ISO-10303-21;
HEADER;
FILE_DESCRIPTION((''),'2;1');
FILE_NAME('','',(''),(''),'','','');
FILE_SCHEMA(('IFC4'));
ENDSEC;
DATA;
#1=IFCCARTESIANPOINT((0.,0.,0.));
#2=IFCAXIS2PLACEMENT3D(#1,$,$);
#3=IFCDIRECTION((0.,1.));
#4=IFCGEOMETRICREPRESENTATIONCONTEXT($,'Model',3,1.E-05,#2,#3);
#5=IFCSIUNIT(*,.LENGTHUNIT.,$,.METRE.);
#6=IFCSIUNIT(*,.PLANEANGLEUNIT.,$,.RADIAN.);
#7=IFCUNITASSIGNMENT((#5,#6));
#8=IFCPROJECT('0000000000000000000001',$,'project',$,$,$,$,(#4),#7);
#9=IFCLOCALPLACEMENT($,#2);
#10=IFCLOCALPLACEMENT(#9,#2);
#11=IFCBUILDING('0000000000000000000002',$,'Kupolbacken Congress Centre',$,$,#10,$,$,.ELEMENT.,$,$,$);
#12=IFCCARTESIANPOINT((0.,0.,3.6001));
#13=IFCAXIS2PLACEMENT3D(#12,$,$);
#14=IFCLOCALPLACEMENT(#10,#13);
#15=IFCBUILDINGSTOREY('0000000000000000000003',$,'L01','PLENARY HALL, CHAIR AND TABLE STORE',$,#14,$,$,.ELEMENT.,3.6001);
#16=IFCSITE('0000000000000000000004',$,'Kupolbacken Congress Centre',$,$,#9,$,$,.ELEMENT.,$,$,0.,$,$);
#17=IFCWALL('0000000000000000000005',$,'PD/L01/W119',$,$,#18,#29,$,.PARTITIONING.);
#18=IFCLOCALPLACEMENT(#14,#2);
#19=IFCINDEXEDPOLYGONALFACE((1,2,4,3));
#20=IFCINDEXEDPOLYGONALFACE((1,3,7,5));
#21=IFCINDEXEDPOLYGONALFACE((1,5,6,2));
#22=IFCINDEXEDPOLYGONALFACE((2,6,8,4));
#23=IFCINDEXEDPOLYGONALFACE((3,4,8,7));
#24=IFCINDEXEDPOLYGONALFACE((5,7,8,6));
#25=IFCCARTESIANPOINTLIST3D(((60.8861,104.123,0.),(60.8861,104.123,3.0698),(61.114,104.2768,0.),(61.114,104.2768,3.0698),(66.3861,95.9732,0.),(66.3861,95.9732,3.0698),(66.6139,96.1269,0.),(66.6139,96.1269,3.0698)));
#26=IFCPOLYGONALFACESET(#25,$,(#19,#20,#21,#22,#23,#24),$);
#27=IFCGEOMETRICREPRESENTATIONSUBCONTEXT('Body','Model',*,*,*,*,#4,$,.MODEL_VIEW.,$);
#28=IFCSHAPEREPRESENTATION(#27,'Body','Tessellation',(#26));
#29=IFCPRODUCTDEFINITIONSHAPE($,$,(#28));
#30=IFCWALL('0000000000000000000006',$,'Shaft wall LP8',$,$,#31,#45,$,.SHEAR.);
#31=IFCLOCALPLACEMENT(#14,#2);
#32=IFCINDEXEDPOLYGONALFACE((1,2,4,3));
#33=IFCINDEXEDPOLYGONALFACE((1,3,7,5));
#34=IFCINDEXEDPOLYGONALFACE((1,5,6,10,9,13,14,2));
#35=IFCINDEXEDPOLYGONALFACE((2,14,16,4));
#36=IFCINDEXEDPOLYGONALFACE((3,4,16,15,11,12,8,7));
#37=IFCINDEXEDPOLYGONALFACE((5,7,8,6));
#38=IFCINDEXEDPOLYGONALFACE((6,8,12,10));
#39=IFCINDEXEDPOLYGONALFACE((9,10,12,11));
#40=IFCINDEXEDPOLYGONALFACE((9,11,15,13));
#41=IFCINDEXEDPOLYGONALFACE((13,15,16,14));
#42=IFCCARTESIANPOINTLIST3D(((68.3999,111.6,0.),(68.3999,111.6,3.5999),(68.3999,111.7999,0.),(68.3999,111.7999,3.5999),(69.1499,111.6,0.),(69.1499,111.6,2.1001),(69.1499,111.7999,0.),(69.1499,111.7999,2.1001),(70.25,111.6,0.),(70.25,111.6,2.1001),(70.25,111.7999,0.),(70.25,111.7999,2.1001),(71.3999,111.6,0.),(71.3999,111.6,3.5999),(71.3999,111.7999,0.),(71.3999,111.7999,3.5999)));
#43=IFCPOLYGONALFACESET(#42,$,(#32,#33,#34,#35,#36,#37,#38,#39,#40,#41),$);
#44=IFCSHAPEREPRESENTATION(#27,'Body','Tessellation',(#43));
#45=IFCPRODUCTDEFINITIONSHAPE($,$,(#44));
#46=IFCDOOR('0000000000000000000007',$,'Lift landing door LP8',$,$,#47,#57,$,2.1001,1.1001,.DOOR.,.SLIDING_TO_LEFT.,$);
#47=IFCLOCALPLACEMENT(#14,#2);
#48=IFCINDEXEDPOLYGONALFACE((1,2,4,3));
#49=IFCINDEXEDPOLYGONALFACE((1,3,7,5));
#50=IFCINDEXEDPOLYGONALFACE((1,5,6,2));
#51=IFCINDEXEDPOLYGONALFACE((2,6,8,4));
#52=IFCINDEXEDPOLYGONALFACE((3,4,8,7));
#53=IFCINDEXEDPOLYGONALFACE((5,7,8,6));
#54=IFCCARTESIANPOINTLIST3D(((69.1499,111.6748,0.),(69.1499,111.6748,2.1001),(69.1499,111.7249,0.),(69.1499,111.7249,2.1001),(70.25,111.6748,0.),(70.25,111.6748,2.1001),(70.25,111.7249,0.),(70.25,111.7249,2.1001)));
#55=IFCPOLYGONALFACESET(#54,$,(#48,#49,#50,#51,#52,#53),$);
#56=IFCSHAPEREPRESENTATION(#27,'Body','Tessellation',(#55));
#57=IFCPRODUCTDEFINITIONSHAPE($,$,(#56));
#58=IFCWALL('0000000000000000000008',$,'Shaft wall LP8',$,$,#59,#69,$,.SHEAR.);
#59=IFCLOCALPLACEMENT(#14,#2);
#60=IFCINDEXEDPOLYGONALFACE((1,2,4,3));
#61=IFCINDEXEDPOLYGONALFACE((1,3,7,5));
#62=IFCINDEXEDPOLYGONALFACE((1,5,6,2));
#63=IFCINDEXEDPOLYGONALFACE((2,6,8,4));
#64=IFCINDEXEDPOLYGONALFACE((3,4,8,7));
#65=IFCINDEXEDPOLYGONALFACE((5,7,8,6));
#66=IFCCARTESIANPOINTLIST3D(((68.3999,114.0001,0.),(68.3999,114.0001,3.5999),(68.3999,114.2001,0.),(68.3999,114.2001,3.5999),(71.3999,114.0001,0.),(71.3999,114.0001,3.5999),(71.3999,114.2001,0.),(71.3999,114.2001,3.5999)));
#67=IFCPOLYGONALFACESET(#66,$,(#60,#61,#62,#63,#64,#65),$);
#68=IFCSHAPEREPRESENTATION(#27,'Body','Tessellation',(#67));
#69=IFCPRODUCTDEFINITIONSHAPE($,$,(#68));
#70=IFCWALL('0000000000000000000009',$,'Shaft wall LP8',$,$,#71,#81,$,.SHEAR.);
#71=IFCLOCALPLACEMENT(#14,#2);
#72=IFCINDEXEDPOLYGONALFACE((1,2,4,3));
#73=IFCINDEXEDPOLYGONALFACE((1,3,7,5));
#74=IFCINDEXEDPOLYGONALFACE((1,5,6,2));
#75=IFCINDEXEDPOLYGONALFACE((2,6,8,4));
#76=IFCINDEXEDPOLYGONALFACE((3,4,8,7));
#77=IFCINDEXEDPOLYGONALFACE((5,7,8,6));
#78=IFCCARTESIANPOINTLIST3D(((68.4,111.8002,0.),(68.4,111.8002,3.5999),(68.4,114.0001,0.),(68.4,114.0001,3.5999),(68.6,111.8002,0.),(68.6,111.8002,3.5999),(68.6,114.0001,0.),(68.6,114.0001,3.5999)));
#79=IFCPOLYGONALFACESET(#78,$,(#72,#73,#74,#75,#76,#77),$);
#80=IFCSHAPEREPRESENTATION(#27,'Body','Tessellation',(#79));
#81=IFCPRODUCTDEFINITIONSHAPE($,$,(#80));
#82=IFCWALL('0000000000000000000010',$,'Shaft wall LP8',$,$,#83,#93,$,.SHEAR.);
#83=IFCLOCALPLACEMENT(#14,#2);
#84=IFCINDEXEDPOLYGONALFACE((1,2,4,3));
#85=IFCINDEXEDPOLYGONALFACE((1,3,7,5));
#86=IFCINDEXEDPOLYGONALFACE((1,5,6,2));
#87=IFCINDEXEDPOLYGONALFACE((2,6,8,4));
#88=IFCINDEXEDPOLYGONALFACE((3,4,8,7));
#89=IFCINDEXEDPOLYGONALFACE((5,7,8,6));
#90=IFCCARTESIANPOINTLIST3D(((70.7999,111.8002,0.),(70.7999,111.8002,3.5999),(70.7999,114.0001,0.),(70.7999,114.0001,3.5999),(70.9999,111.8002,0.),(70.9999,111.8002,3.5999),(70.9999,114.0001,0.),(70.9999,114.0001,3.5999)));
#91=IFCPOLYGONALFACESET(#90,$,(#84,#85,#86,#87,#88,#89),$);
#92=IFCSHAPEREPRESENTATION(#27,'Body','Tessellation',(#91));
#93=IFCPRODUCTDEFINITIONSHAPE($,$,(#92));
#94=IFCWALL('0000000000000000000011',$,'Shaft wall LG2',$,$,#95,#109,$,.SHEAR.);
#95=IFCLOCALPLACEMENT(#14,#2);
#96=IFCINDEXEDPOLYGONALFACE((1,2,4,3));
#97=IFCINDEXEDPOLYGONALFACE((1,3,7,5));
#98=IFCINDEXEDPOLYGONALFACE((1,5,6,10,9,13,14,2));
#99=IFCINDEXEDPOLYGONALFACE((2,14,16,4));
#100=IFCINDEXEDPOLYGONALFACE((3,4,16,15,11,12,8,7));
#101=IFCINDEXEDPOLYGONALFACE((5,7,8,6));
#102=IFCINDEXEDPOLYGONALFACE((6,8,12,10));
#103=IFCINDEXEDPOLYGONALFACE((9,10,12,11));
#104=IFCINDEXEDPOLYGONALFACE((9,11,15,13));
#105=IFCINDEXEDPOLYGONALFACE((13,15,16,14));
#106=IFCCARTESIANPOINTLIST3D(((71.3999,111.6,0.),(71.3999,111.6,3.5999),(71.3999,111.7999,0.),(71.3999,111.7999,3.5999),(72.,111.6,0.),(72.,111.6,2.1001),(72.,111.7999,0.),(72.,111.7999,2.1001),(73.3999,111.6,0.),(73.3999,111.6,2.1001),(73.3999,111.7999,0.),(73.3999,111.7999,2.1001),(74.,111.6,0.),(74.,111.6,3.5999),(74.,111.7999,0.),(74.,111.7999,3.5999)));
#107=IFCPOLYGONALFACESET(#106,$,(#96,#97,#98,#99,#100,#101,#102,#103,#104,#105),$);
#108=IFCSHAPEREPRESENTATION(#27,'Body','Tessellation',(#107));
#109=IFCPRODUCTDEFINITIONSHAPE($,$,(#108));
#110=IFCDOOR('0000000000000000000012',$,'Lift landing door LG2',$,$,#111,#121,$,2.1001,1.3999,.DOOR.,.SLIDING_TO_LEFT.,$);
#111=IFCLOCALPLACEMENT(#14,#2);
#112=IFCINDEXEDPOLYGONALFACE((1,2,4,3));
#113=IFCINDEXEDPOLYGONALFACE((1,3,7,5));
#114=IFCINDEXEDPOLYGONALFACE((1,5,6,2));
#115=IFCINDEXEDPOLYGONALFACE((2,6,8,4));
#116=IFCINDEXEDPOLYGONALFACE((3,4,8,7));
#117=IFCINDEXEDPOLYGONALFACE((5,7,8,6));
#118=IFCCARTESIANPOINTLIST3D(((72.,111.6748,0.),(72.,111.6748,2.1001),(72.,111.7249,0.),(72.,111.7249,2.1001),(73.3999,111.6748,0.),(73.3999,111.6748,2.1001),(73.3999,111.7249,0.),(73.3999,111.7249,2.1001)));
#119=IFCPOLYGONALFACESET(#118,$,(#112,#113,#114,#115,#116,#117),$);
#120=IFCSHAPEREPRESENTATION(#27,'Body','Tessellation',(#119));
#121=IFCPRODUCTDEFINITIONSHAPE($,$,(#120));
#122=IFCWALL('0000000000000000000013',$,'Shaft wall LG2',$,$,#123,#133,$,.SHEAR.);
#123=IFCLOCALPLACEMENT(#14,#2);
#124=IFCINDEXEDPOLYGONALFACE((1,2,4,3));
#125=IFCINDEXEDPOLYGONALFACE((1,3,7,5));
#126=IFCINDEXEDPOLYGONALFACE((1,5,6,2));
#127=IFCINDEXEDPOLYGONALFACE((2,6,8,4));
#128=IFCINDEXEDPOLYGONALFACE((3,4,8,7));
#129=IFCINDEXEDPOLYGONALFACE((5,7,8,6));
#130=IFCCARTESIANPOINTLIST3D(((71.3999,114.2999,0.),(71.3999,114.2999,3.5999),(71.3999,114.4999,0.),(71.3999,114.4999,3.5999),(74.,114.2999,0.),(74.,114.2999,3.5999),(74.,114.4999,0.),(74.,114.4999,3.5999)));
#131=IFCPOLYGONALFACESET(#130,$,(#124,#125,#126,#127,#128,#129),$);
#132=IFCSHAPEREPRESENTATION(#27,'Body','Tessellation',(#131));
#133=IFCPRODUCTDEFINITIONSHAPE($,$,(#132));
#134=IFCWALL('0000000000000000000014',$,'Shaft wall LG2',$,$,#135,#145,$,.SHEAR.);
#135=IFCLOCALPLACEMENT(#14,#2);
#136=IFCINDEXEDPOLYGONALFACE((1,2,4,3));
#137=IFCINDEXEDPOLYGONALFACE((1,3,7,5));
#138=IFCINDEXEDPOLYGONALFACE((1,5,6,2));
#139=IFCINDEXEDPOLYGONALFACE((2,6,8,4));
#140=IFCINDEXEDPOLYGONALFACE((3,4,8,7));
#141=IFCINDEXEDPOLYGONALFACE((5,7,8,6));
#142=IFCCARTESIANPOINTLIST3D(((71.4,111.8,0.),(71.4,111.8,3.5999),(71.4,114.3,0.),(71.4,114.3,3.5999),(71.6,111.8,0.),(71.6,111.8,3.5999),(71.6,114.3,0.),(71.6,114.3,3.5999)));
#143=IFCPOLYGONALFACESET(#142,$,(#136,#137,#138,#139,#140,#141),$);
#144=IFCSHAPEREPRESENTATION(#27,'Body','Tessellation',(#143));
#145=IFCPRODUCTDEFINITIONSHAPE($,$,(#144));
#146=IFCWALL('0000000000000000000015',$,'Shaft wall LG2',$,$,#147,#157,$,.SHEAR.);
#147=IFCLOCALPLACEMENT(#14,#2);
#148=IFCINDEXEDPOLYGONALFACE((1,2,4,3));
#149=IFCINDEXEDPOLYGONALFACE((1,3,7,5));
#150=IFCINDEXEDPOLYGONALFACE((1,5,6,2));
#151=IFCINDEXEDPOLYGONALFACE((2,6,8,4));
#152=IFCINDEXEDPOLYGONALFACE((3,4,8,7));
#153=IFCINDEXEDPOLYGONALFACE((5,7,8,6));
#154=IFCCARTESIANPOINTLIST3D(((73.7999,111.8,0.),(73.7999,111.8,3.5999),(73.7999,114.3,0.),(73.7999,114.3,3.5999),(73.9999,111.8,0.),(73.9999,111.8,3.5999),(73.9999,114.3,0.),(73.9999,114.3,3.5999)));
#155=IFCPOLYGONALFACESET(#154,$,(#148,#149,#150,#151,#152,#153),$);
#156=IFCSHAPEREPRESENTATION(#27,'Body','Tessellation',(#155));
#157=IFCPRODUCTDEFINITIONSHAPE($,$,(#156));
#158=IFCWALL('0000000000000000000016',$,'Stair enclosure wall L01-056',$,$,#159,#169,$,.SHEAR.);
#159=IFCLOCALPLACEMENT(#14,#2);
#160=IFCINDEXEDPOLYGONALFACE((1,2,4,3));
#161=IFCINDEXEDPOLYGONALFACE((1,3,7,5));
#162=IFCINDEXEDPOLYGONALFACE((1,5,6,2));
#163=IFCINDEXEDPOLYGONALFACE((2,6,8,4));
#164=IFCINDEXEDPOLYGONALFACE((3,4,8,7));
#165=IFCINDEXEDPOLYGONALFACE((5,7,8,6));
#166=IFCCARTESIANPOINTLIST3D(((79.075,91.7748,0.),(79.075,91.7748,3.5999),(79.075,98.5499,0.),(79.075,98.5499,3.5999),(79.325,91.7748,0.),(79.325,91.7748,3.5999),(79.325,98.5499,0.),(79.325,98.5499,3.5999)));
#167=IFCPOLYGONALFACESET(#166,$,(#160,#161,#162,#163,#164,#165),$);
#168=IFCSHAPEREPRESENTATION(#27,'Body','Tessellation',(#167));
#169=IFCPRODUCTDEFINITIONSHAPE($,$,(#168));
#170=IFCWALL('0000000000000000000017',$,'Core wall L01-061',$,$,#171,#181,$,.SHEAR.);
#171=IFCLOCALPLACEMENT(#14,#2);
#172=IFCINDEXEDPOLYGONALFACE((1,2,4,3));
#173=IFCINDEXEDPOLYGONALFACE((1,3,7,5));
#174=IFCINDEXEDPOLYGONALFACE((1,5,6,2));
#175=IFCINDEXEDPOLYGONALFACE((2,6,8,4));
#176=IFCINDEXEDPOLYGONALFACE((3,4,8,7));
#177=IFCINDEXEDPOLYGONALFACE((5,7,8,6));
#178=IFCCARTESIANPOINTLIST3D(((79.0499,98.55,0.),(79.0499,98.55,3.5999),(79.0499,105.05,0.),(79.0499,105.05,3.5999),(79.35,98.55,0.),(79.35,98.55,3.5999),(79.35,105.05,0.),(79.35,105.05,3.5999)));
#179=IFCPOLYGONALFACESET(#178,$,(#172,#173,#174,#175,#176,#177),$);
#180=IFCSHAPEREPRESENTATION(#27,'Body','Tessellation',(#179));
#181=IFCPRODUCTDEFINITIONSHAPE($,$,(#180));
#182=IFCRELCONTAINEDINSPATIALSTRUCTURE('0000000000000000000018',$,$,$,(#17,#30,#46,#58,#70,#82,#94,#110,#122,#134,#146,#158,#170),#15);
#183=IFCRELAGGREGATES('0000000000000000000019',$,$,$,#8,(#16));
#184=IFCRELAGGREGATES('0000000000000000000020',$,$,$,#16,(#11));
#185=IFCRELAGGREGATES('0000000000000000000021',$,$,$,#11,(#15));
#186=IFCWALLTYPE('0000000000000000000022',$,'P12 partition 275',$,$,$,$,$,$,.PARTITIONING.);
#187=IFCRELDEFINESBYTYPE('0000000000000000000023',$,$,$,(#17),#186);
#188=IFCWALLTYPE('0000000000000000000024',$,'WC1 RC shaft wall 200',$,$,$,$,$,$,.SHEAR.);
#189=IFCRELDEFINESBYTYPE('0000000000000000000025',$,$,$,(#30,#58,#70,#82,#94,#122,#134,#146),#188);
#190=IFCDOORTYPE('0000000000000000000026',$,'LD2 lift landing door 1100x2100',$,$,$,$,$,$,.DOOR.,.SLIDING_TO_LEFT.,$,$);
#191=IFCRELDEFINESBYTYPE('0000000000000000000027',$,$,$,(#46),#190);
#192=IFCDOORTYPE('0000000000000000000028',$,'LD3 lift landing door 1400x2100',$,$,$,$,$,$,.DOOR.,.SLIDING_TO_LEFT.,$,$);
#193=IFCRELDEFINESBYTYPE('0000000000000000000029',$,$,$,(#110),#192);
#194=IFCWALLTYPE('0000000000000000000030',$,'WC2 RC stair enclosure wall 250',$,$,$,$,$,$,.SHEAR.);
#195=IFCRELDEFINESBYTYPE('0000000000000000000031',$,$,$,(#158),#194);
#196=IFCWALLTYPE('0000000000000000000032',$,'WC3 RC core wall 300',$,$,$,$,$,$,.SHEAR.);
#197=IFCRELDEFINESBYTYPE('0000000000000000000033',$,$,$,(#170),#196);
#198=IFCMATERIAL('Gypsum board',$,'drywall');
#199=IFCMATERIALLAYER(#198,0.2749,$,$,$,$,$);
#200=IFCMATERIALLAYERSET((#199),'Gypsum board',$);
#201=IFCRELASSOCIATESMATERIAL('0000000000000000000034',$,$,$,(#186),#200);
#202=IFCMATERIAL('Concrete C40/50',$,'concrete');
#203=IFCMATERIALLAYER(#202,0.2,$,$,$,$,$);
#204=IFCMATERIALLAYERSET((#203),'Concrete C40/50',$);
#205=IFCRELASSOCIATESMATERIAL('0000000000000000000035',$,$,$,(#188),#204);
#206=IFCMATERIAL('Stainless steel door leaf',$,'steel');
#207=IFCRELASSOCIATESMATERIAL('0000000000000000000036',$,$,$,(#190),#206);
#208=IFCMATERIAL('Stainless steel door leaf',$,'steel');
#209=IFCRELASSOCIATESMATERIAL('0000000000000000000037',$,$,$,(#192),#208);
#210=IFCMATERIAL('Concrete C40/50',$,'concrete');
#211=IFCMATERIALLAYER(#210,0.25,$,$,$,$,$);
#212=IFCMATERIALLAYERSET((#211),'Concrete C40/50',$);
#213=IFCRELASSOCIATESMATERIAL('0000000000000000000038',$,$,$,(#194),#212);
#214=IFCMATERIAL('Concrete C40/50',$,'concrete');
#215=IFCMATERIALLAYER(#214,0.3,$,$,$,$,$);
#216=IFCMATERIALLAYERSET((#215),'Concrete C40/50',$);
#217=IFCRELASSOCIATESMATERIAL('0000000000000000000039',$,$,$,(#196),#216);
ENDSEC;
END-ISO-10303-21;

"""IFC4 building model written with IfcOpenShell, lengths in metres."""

from ifc_helpers import new_model, si_unit, direction, frame, frame_2d, origin, place, context, subcontext, project, spatial, rectangle, extrude, material, layer, layer_set, type_object, element, fill, save


model = new_model("IFC4")

# Units and contexts
model_context = context("Model", 3, precision=1e-05, world=origin(), true_north=direction((0.0, 1.0)))
body_context = subcontext(model_context, "Body", "Model", "MODEL_VIEW")
ifc_project = project(units=[si_unit("LENGTHUNIT", "METRE"), si_unit("PLANEANGLEUNIT", "RADIAN")], contexts=[model_context])

# Site, building, storey
site_placement = place(None, origin())
site = spatial("IfcSite", under=ifc_project, at=site_placement, Name="Kupolbacken Congress Centre", CompositionType="ELEMENT", RefElevation=0.0)
building_placement = place(site_placement, origin())
building = spatial("IfcBuilding", under=site, at=building_placement, Name="Kupolbacken Congress Centre", CompositionType="ELEMENT")
storey_placement = place(building_placement, frame((0.0, 0.0, 3.6001)))
storey = spatial("IfcBuildingStorey", under=building, at=storey_placement, Name="L01", Description="PLENARY HALL, CHAIR AND TABLE STORE", CompositionType="ELEMENT", Elevation=3.6001)

# Wall
ifc_material_1 = material(Name="Gypsum board", Category="drywall")
ifc_layer_1 = layer(ifc_material_1, 0.2749)
ifc_layer_set_1 = layer_set([ifc_layer_1], Name="Gypsum board")
wall_type_1 = type_object("IfcWallType", Name="P12 partition 275", PredefinedType="PARTITIONING", material=ifc_layer_set_1)
wall_1_placement = place(storey_placement, frame((66.5, 96.05, 0.0), z_axis=(0.0, 0.0, 1.0), x_axis=(-0.55939, 0.828905, 0.0)))
element("IfcWall", 1, at=wall_1_placement, inside=storey, type_object=wall_type_1, Name="PD/L01/W119", PredefinedType="PARTITIONING", context=body_context, shape_type="SweptSolid", body=[
    extrude(rectangle(XDim=9.832, YDim=0.2749, at=frame_2d((4.916, 0.0))), origin(), (0.0, 0.0, 1.0), 3.0698),
])

# Wall, opening, door
ifc_material_2 = material(Name="Concrete C40/50", Category="concrete")
ifc_layer_2 = layer(ifc_material_2, 0.2)
ifc_layer_set_2 = layer_set([ifc_layer_2], Name="Concrete C40/50")
wall_type_2 = type_object("IfcWallType", Name="WC1 RC shaft wall 200", PredefinedType="SHEAR", material=ifc_layer_set_2)
wall_2_placement = place(storey_placement, frame((68.3999, 111.7, 0.0), z_axis=(0.0, 0.0, 1.0), x_axis=(1.0, 0.0, 0.0)))
wall_2 = element("IfcWall", 2, at=wall_2_placement, inside=storey, type_object=wall_type_2, Name="Shaft wall LP8", PredefinedType="SHEAR", context=body_context, shape_type="SweptSolid", body=[
    extrude(rectangle(XDim=3.0, YDim=0.2, at=frame_2d((1.5, 0.0))), origin(), (0.0, 0.0, 1.0), 3.5999),
])
opening_1_placement = place(wall_2_placement, frame((0.75, 0.0, 0.0)))
opening_1 = element("IfcOpeningElement", 3, at=opening_1_placement, cuts=wall_2, PredefinedType="OPENING", context=body_context, shape_type="SweptSolid", body=[
    extrude(rectangle(XDim=1.1001, YDim=2.1001, at=frame_2d((0.55, 1.05))), frame((0.0, 0.1099, 0.0), z_axis=(0.0, -1.0, 0.0), x_axis=(1.0, 0.0, 0.0)), (0.0, 0.0, 1.0), 0.22),
])
ifc_material_3 = material(Name="Stainless steel door leaf", Category="steel")
door_type_1 = type_object("IfcDoorType", Name="LD2 lift landing door 1100x2100", OperationType="SLIDING_TO_LEFT", PredefinedType="DOOR", material=ifc_material_3)
door_1_placement = place(opening_1_placement, origin())
door_1 = element("IfcDoor", 4, at=door_1_placement, inside=storey, type_object=door_type_1, Name="Lift landing door LP8", OperationType="SLIDING_TO_LEFT", OverallHeight=2.1001, OverallWidth=1.1001, PredefinedType="DOOR", context=body_context, shape_type="SweptSolid", body=[
    extrude(rectangle(XDim=1.1001, YDim=2.1001, at=frame_2d((0.55, 1.05))), frame((0.0, 0.0249, 0.0), z_axis=(0.0, -1.0, 0.0), x_axis=(1.0, 0.0, 0.0)), (0.0, 0.0, 1.0), 0.05),
])
fill(opening_1, door_1)

# Walls
wall_3_placement = place(storey_placement, frame((68.3999, 114.1001, 0.0), z_axis=(0.0, 0.0, 1.0), x_axis=(1.0, 0.0, 0.0)))
element("IfcWall", 5, at=wall_3_placement, inside=storey, type_object=wall_type_2, Name="Shaft wall LP8", PredefinedType="SHEAR", context=body_context, shape_type="SweptSolid", body=[
    extrude(rectangle(XDim=3.0, YDim=0.2, at=frame_2d((1.5, 0.0))), origin(), (0.0, 0.0, 1.0), 3.5999),
])
for number, where, z_axis, x_axis, name in (
    (6, (68.5, 111.8, 0.0), (0.0, 0.0, 1.0), (0.0, 1.0, 0.0), "Shaft wall LP8"),
    (7, (70.8999, 111.8, 0.0), (0.0, 0.0, 1.0), (0.0, 1.0, 0.0), "Shaft wall LP8"),
):
    element("IfcWall", number, at=place(storey_placement, frame(where, z_axis=z_axis, x_axis=x_axis)), inside=storey, type_object=wall_type_2, Name=name, PredefinedType="SHEAR", context=body_context, shape_type="SweptSolid", body=[
        extrude(rectangle(XDim=2.2, YDim=0.2, at=frame_2d((1.1001, 0.0))), origin(), (0.0, 0.0, 1.0), 3.5999),
    ])

# Wall, opening, door
wall_4_placement = place(storey_placement, frame((71.3999, 111.7, 0.0), z_axis=(0.0, 0.0, 1.0), x_axis=(1.0, 0.0, 0.0)))
wall_4 = element("IfcWall", 8, at=wall_4_placement, inside=storey, type_object=wall_type_2, Name="Shaft wall LG2", PredefinedType="SHEAR", context=body_context, shape_type="SweptSolid", body=[
    extrude(rectangle(XDim=2.6001, YDim=0.2, at=frame_2d((1.3, 0.0))), origin(), (0.0, 0.0, 1.0), 3.5999),
])
opening_2_placement = place(wall_4_placement, frame((0.6001, 0.0, 0.0)))
opening_2 = element("IfcOpeningElement", 9, at=opening_2_placement, cuts=wall_4, PredefinedType="OPENING", context=body_context, shape_type="SweptSolid", body=[
    extrude(rectangle(XDim=1.3999, YDim=2.1001, at=frame_2d((0.7, 1.05))), frame((0.0, 0.1099, 0.0), z_axis=(0.0, -1.0, 0.0), x_axis=(1.0, 0.0, 0.0)), (0.0, 0.0, 1.0), 0.22),
])
ifc_material_4 = material(Name="Stainless steel door leaf", Category="steel")
door_type_2 = type_object("IfcDoorType", Name="LD3 lift landing door 1400x2100", OperationType="SLIDING_TO_LEFT", PredefinedType="DOOR", material=ifc_material_4)
door_2_placement = place(opening_2_placement, origin())
door_2 = element("IfcDoor", 10, at=door_2_placement, inside=storey, type_object=door_type_2, Name="Lift landing door LG2", OperationType="SLIDING_TO_LEFT", OverallHeight=2.1001, OverallWidth=1.3999, PredefinedType="DOOR", context=body_context, shape_type="SweptSolid", body=[
    extrude(rectangle(XDim=1.3999, YDim=2.1001, at=frame_2d((0.7, 1.05))), frame((0.0, 0.0249, 0.0), z_axis=(0.0, -1.0, 0.0), x_axis=(1.0, 0.0, 0.0)), (0.0, 0.0, 1.0), 0.05),
])
fill(opening_2, door_2)

# Walls
wall_5_placement = place(storey_placement, frame((71.3999, 114.3999, 0.0), z_axis=(0.0, 0.0, 1.0), x_axis=(1.0, 0.0, 0.0)))
element("IfcWall", 11, at=wall_5_placement, inside=storey, type_object=wall_type_2, Name="Shaft wall LG2", PredefinedType="SHEAR", context=body_context, shape_type="SweptSolid", body=[
    extrude(rectangle(XDim=2.6001, YDim=0.2, at=frame_2d((1.3, 0.0))), origin(), (0.0, 0.0, 1.0), 3.5999),
])
for number, where, z_axis, x_axis, name in (
    (12, (71.5, 111.8, 0.0), (0.0, 0.0, 1.0), (0.0, 1.0, 0.0), "Shaft wall LG2"),
    (13, (73.8999, 111.8, 0.0), (0.0, 0.0, 1.0), (0.0, 1.0, 0.0), "Shaft wall LG2"),
):
    element("IfcWall", number, at=place(storey_placement, frame(where, z_axis=z_axis, x_axis=x_axis)), inside=storey, type_object=wall_type_2, Name=name, PredefinedType="SHEAR", context=body_context, shape_type="SweptSolid", body=[
        extrude(rectangle(XDim=2.5, YDim=0.2, at=frame_2d((1.25, 0.0))), origin(), (0.0, 0.0, 1.0), 3.5999),
    ])
ifc_material_5 = material(Name="Concrete C40/50", Category="concrete")
ifc_layer_3 = layer(ifc_material_5, 0.25)
ifc_layer_set_3 = layer_set([ifc_layer_3], Name="Concrete C40/50")
wall_type_3 = type_object("IfcWallType", Name="WC2 RC stair enclosure wall 250", PredefinedType="SHEAR", material=ifc_layer_set_3)
wall_6_placement = place(storey_placement, frame((79.2, 98.55, 0.0), z_axis=(0.0, 0.0, 1.0), x_axis=(0.0, -1.0, 0.0)))
element("IfcWall", 14, at=wall_6_placement, inside=storey, type_object=wall_type_3, Name="Stair enclosure wall L01-056", PredefinedType="SHEAR", context=body_context, shape_type="SweptSolid", body=[
    extrude(rectangle(XDim=6.7751, YDim=0.25, at=frame_2d((3.3877, 0.0))), origin(), (0.0, 0.0, 1.0), 3.5999),
])
ifc_material_6 = material(Name="Concrete C40/50", Category="concrete")
ifc_layer_4 = layer(ifc_material_6, 0.3)
ifc_layer_set_4 = layer_set([ifc_layer_4], Name="Concrete C40/50")
wall_type_4 = type_object("IfcWallType", Name="WC3 RC core wall 300", PredefinedType="SHEAR", material=ifc_layer_set_4)
wall_7_placement = place(storey_placement, frame((79.2, 105.05, 0.0), z_axis=(0.0, 0.0, 1.0), x_axis=(0.0, -1.0, 0.0)))
element("IfcWall", 15, at=wall_7_placement, inside=storey, type_object=wall_type_4, Name="Core wall L01-061", PredefinedType="SHEAR", context=body_context, shape_type="SweptSolid", body=[
    extrude(rectangle(XDim=6.5, YDim=0.3, at=frame_2d((3.25, 0.0))), origin(), (0.0, 0.0, 1.0), 3.5999),
])

save(model, "model.ifc")
